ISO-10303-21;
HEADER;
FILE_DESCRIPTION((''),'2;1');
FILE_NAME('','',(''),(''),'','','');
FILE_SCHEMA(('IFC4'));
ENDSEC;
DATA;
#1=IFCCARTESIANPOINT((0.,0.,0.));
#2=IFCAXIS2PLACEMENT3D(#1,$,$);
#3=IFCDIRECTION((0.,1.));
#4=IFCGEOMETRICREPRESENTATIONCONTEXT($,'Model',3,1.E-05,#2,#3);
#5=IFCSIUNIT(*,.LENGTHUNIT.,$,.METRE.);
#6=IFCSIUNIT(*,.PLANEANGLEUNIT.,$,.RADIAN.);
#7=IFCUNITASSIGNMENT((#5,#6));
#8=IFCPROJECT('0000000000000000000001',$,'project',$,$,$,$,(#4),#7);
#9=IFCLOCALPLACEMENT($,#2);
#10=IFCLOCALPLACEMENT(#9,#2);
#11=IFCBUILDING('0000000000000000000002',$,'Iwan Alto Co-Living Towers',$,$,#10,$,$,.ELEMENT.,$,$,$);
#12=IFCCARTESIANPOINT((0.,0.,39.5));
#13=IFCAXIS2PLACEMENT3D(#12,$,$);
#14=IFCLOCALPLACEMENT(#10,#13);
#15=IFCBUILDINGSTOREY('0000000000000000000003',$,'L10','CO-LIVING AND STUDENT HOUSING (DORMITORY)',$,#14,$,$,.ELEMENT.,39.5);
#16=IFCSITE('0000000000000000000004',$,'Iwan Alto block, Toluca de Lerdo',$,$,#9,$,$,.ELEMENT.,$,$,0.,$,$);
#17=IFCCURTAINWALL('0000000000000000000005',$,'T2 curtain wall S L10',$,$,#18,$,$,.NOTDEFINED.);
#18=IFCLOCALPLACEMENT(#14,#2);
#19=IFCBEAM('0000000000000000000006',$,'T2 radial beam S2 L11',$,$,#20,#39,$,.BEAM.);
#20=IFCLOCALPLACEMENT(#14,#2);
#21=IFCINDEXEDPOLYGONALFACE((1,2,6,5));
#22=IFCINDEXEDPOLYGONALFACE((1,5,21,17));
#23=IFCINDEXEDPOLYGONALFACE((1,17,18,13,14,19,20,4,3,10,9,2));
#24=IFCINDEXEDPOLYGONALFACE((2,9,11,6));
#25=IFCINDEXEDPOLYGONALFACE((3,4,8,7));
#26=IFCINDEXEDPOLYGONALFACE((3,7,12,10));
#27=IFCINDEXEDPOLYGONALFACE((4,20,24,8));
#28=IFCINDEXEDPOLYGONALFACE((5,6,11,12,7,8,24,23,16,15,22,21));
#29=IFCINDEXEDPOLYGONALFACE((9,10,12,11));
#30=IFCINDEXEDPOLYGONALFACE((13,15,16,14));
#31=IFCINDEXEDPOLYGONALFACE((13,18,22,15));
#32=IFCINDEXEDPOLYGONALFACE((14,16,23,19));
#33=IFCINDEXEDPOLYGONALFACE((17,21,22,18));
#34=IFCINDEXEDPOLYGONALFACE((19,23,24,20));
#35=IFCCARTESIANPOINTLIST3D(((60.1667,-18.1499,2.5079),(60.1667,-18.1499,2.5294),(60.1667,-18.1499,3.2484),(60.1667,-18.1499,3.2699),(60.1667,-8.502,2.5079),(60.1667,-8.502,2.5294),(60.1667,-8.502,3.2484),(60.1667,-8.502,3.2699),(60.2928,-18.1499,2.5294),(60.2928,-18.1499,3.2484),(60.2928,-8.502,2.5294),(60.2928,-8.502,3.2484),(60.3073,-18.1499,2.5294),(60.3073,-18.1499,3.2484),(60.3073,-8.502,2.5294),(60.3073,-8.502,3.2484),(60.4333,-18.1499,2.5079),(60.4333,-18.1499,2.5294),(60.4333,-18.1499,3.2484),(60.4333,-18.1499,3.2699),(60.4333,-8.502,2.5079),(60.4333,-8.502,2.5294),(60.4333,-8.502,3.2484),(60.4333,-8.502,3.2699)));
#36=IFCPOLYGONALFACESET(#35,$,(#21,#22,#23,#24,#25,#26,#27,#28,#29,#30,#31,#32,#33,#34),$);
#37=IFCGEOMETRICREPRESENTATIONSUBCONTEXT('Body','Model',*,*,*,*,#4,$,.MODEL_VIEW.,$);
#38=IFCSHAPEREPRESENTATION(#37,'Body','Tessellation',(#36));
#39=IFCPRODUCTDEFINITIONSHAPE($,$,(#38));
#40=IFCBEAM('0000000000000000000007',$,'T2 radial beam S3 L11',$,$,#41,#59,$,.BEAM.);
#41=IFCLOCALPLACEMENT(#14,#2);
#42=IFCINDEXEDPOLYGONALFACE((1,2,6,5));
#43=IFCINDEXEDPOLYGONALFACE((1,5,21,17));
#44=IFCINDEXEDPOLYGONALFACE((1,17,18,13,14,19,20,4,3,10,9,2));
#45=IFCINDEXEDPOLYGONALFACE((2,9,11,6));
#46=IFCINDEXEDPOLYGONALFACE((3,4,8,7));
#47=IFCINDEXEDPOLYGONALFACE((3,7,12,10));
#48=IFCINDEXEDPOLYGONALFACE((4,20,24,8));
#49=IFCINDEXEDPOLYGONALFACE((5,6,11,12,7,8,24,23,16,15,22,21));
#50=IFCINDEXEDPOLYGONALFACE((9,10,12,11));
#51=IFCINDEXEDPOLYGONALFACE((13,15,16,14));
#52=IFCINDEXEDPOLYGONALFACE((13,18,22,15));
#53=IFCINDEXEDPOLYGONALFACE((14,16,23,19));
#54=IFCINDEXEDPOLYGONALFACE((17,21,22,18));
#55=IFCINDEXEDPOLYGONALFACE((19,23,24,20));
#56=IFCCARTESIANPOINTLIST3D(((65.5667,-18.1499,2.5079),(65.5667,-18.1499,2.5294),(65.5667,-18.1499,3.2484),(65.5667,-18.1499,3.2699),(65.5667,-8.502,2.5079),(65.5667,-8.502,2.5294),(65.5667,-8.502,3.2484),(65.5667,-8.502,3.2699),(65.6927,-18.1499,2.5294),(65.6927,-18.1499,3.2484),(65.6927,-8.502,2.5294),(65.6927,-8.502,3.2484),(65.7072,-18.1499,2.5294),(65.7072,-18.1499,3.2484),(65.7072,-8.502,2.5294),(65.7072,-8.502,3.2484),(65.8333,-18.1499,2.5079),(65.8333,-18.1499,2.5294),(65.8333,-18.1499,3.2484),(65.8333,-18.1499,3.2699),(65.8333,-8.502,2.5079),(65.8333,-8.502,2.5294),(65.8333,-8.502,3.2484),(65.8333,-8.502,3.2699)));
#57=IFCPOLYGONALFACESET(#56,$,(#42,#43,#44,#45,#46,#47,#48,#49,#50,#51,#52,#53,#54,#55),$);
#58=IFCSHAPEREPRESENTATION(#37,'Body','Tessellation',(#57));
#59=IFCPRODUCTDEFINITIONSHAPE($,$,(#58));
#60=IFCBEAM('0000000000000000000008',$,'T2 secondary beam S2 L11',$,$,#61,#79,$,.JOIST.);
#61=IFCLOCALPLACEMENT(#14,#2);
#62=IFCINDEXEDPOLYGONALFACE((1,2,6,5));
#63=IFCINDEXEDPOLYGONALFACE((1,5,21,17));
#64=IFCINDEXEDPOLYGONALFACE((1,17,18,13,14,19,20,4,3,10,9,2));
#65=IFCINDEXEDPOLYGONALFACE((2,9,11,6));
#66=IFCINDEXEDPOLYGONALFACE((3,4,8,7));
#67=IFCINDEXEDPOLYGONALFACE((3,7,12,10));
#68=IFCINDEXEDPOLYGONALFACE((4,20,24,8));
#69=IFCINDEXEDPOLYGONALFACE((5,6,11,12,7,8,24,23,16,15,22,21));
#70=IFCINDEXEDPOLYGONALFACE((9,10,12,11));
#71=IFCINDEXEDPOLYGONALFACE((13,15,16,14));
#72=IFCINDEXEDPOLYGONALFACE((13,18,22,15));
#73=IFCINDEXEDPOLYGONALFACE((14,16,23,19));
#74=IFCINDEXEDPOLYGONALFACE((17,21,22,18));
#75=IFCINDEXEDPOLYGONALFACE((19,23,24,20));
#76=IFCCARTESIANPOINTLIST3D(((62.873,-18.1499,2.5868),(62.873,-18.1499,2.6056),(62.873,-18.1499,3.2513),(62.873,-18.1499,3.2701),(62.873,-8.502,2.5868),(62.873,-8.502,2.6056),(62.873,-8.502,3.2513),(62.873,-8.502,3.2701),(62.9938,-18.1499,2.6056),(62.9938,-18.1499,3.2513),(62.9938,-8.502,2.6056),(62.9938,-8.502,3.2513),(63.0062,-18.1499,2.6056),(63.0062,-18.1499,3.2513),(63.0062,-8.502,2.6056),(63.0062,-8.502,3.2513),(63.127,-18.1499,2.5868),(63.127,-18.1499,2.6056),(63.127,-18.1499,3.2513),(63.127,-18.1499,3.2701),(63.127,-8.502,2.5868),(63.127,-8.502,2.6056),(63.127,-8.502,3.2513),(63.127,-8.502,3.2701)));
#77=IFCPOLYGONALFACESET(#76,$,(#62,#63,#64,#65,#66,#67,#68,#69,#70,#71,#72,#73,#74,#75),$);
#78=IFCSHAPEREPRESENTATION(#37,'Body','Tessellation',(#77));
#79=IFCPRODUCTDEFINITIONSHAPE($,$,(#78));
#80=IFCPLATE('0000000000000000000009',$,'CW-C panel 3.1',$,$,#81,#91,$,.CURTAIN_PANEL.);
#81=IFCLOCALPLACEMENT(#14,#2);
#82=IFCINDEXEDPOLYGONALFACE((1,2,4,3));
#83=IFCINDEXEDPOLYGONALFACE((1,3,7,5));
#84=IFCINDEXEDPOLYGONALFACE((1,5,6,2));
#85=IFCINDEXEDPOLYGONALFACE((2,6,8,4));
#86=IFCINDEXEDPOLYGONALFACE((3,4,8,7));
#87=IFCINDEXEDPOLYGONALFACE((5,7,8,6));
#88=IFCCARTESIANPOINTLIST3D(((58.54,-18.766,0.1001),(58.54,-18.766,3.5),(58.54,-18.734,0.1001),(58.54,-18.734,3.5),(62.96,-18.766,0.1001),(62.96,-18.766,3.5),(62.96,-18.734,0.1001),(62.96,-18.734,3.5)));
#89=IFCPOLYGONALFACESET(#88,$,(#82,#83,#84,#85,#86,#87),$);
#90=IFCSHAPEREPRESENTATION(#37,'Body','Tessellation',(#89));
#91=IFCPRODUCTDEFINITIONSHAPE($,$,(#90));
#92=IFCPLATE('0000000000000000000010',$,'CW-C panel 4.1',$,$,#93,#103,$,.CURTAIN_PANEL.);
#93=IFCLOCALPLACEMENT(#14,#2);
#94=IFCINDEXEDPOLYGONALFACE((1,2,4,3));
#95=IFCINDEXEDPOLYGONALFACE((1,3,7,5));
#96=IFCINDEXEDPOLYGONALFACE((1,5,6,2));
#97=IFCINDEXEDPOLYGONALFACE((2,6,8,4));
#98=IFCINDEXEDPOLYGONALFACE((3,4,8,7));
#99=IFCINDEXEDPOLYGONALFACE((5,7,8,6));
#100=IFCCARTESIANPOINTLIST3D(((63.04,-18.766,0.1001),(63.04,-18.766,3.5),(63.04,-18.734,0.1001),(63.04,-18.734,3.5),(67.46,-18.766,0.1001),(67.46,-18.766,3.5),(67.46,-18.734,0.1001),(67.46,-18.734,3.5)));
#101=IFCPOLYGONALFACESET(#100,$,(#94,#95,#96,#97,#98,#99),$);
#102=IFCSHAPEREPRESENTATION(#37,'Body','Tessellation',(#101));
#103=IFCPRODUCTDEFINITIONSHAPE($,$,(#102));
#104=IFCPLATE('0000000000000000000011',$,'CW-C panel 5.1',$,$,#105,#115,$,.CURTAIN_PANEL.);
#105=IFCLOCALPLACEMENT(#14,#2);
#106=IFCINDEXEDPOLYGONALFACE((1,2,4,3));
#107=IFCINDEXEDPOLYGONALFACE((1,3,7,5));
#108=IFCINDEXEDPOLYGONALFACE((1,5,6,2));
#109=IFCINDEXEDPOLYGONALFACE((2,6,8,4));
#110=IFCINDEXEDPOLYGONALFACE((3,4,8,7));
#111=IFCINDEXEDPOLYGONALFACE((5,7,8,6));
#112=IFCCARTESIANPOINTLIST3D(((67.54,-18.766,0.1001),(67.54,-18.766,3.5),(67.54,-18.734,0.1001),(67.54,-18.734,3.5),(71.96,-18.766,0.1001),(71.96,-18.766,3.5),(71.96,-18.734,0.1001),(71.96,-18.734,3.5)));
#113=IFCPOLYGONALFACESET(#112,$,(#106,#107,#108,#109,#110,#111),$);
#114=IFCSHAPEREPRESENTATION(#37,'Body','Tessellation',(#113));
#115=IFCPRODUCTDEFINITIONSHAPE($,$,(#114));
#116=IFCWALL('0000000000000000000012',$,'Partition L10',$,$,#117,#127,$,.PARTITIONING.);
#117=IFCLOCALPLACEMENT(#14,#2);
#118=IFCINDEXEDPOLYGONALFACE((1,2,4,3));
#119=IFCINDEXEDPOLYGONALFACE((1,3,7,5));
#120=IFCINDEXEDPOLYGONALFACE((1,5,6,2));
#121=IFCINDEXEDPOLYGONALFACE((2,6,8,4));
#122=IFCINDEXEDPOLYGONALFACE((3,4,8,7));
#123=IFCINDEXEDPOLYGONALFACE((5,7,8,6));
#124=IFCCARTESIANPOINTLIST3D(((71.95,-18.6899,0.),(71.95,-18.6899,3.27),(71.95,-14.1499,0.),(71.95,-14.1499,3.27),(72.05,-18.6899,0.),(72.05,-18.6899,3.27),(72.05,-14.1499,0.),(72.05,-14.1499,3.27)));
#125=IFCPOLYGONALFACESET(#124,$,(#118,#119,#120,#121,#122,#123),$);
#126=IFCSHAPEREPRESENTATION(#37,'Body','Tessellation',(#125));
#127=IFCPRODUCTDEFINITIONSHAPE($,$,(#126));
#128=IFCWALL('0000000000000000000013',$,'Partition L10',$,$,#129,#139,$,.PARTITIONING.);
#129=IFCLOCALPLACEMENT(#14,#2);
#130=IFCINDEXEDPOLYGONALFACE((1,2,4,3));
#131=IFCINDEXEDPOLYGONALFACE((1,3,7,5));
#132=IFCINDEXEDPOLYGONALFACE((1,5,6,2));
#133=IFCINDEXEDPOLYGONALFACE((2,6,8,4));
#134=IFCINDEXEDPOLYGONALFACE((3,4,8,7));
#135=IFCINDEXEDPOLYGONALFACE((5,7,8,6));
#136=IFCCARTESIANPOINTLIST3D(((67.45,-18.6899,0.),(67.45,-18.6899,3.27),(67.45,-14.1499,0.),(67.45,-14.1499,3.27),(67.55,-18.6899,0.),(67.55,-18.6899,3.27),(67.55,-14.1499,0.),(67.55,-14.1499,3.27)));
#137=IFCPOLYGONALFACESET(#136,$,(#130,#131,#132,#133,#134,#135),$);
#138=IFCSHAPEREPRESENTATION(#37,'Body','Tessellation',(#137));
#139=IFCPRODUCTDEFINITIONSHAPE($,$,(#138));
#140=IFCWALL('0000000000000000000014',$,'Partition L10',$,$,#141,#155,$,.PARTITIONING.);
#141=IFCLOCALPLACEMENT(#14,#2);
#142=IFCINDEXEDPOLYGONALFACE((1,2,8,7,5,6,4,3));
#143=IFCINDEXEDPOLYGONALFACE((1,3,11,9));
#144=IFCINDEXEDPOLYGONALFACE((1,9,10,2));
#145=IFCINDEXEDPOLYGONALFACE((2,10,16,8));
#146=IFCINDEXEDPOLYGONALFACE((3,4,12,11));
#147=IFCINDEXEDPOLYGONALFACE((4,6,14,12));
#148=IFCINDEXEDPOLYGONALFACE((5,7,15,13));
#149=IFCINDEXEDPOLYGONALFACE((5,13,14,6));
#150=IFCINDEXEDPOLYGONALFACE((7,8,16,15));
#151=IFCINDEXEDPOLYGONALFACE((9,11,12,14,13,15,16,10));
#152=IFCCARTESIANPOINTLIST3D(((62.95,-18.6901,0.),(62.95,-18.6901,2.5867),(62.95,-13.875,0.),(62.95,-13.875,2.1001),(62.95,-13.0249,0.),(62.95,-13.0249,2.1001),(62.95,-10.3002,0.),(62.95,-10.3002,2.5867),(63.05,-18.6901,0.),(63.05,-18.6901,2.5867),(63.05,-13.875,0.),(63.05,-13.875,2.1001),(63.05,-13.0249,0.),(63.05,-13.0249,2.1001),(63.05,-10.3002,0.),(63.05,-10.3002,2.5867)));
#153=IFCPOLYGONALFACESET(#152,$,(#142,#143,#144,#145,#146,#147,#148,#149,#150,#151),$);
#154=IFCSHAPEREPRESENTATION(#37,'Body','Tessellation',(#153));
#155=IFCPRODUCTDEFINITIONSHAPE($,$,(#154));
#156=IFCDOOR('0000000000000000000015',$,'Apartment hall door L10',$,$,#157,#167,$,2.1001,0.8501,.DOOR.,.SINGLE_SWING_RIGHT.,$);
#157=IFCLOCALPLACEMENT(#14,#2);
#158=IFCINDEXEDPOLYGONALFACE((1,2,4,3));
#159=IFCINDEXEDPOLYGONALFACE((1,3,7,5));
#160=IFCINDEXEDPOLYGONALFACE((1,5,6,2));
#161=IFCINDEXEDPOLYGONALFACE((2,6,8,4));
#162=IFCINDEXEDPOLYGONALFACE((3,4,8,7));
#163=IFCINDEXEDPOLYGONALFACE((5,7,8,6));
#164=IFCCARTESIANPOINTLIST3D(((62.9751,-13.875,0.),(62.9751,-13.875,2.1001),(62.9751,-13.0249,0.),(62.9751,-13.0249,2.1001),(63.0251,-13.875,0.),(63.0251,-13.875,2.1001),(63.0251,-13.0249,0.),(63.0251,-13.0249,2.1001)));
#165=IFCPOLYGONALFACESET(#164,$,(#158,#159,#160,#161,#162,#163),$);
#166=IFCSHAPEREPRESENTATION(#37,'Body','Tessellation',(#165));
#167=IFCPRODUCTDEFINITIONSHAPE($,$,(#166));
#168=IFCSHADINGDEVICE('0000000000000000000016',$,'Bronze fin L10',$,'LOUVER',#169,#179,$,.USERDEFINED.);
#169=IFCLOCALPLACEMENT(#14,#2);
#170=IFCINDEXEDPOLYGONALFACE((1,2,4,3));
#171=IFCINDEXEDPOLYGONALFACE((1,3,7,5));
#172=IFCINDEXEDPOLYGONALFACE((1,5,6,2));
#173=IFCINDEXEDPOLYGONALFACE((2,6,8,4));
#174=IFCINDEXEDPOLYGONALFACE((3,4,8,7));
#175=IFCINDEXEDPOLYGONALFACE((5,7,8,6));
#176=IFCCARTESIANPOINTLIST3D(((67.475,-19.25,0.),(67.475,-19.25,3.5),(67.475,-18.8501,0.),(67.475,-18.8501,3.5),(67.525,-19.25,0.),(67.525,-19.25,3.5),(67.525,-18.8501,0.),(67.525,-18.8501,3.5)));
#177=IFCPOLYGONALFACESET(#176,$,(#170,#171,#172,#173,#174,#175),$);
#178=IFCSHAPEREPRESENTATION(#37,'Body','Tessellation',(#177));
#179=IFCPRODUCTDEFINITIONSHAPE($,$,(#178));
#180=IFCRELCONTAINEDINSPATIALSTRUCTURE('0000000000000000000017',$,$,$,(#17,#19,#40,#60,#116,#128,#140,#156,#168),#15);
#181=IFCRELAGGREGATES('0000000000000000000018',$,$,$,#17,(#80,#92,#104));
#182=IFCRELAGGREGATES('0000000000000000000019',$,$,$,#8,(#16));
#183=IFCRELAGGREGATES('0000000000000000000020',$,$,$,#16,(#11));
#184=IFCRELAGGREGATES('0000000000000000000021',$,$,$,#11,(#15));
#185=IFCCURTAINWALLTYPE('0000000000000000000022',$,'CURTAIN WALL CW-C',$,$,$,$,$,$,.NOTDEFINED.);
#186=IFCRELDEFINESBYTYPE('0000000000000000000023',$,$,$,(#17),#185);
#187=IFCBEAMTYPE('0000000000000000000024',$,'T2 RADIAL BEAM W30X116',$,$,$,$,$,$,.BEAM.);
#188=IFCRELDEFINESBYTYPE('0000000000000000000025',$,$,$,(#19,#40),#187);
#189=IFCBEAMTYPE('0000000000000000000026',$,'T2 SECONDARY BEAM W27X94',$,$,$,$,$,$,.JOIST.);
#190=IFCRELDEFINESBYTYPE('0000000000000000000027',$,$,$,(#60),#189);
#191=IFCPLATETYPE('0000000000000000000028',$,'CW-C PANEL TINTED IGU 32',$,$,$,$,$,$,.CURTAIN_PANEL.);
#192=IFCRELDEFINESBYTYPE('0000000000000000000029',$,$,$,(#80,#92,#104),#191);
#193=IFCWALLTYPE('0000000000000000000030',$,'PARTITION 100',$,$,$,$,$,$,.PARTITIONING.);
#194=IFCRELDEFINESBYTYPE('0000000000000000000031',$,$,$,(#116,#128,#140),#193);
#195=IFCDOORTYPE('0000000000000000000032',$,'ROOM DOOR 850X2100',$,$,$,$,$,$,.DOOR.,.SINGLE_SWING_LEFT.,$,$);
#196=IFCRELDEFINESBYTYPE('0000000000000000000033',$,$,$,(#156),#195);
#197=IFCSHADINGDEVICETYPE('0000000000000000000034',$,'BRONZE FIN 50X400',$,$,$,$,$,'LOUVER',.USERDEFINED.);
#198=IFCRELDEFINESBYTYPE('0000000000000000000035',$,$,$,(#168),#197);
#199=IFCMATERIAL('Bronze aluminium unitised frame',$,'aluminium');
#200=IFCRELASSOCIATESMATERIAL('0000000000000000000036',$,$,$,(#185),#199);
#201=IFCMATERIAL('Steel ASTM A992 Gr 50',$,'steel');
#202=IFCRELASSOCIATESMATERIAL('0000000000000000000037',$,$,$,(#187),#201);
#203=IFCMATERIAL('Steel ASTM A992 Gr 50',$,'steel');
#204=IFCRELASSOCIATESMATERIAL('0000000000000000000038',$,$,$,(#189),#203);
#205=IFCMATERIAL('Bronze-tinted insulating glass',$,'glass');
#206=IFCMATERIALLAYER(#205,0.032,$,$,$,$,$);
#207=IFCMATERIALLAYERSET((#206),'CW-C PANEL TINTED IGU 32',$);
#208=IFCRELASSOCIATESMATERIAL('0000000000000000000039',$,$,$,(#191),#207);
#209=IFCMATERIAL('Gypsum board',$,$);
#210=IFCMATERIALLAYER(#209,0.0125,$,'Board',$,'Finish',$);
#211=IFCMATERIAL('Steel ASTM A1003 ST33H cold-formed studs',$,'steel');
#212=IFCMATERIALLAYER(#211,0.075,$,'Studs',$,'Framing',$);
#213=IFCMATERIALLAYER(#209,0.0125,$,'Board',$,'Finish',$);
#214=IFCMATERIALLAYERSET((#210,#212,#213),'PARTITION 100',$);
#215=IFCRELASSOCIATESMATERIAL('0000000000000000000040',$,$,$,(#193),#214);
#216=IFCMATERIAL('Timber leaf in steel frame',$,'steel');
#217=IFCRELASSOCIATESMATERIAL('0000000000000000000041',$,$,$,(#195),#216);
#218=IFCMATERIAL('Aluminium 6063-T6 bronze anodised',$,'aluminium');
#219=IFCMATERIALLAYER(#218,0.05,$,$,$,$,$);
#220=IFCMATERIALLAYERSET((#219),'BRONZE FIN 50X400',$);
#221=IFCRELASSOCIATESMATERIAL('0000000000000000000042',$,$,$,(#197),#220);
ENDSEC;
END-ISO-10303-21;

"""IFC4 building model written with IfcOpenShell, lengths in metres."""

from ifc_helpers import new_model, si_unit, direction, frame, frame_2d, origin, origin_2d, place, context, subcontext, project, spatial, rectangle, i_section, extrude, material, layer, layer_set, material_profile, profile_set, type_object, element, fill, aggregate, save


model = new_model("IFC4")

# Units and contexts
model_context = context("Model", 3, precision=1e-05, world=origin(), true_north=direction((0.0, 1.0)))
body_context = subcontext(model_context, "Body", "Model", "MODEL_VIEW")
ifc_project = project(units=[si_unit("LENGTHUNIT", "METRE"), si_unit("PLANEANGLEUNIT", "RADIAN")], contexts=[model_context])

# Site, building, storey
site_placement = place(None, origin())
site = spatial("IfcSite", under=ifc_project, at=site_placement, Name="Iwan Alto block, Toluca de Lerdo", CompositionType="ELEMENT", RefElevation=0.0)
building_placement = place(site_placement, origin())
building = spatial("IfcBuilding", under=site, at=building_placement, Name="Iwan Alto Co-Living Towers", CompositionType="ELEMENT")
storey_placement = place(building_placement, frame((0.0, 0.0, 39.5)))
storey = spatial("IfcBuildingStorey", under=building, at=storey_placement, Name="L10", Description="CO-LIVING AND STUDENT HOUSING (DORMITORY)", CompositionType="ELEMENT", Elevation=39.5)

# Curtain wall
ifc_material_1 = material(Name="Bronze aluminium unitised frame", Category="aluminium")
curtain_wall_type = type_object("IfcCurtainWallType", Name="CURTAIN WALL CW-C", PredefinedType="NOTDEFINED", material=ifc_material_1)
curtain_wall_placement = place(storey_placement, origin())
curtain_wall = element("IfcCurtainWall", 1, at=curtain_wall_placement, inside=storey, type_object=curtain_wall_type, Name="T2 curtain wall S L10", PredefinedType="NOTDEFINED")

# Beams
ifc_material_2 = material(Name="Steel ASTM A992 Gr 50", Category="steel")
ifc_material_profile_1 = material_profile(ifc_material_2, i_section(OverallWidth=0.2666, OverallDepth=0.762, WebThickness=0.0144, FlangeThickness=0.0215, at=origin_2d()), Name="W30X116")
ifc_profile_set_1 = profile_set([ifc_material_profile_1], Name="Steel ASTM A992 Gr 50")
beam_type_1 = type_object("IfcBeamType", Name="T2 RADIAL BEAM W30X116", PredefinedType="BEAM", material=ifc_profile_set_1)
for number, where, z_axis, x_axis, name in (
    (2, (60.3, -18.1499, 2.8889), (0.0, 1.0, 0.0), (-1.0, 0.0, 0.0), "T2 radial beam S2 L11"),
    (3, (65.7, -18.1499, 2.8889), (0.0, 1.0, 0.0), (-1.0, 0.0, 0.0), "T2 radial beam S3 L11"),
):
    element("IfcBeam", number, at=place(storey_placement, frame(where, z_axis=z_axis, x_axis=x_axis)), inside=storey, type_object=beam_type_1, Name=name, PredefinedType="BEAM", context=body_context, shape_type="SweptSolid", body=[
        extrude(i_section(OverallWidth=0.2666, OverallDepth=0.762, WebThickness=0.0144, FlangeThickness=0.0215, at=origin_2d()), origin(), (0.0, 0.0, 1.0), 9.6479),
    ])
ifc_material_3 = material(Name="Steel ASTM A992 Gr 50", Category="steel")
ifc_material_profile_2 = material_profile(ifc_material_3, i_section(OverallWidth=0.2539, OverallDepth=0.6833, WebThickness=0.0125, FlangeThickness=0.0188, at=origin_2d()), Name="W27X94")
ifc_profile_set_2 = profile_set([ifc_material_profile_2], Name="Steel ASTM A992 Gr 50")
beam_type_2 = type_object("IfcBeamType", Name="T2 SECONDARY BEAM W27X94", PredefinedType="JOIST", material=ifc_profile_set_2)
beam_1_placement = place(storey_placement, frame((63.0, -18.1499, 2.9285), z_axis=(0.0, 1.0, 0.0), x_axis=(-1.0, 0.0, 0.0)))
element("IfcBeam", 4, at=beam_1_placement, inside=storey, type_object=beam_type_2, Name="T2 secondary beam S2 L11", PredefinedType="JOIST", context=body_context, shape_type="SweptSolid", body=[
    extrude(i_section(OverallWidth=0.2539, OverallDepth=0.6833, WebThickness=0.0125, FlangeThickness=0.0188, at=origin_2d()), origin(), (0.0, 0.0, 1.0), 9.6479),
])

# Plates
ifc_material_4 = material(Name="Bronze-tinted insulating glass", Category="glass")
ifc_layer_1 = layer(ifc_material_4, 0.032)
ifc_layer_set_1 = layer_set([ifc_layer_1], Name="CW-C PANEL TINTED IGU 32")
plate_type = type_object("IfcPlateType", Name="CW-C PANEL TINTED IGU 32", PredefinedType="CURTAIN_PANEL", material=ifc_layer_set_1)
plate_1_placement = place(storey_placement, frame((60.75, -18.75, 0.1001), z_axis=(0.0, 0.0, 1.0), x_axis=(1.0, 0.0, 0.0)))
plate_1 = element("IfcPlate", 5, at=plate_1_placement, type_object=plate_type, Name="CW-C panel 3.1", PredefinedType="CURTAIN_PANEL", context=body_context, shape_type="SweptSolid", body=[
    extrude(rectangle(XDim=4.4199, YDim=0.032, at=origin_2d()), origin(), (0.0, 0.0, 1.0), 3.3999),
])
plate_2_placement = place(storey_placement, frame((65.25, -18.75, 0.1001), z_axis=(0.0, 0.0, 1.0), x_axis=(1.0, 0.0, 0.0)))
plate_2 = element("IfcPlate", 6, at=plate_2_placement, type_object=plate_type, Name="CW-C panel 4.1", PredefinedType="CURTAIN_PANEL", context=body_context, shape_type="SweptSolid", body=[
    extrude(rectangle(XDim=4.4199, YDim=0.032, at=origin_2d()), origin(), (0.0, 0.0, 1.0), 3.3999),
])
plate_3_placement = place(storey_placement, frame((69.75, -18.75, 0.1001), z_axis=(0.0, 0.0, 1.0), x_axis=(1.0, 0.0, 0.0)))
plate_3 = element("IfcPlate", 7, at=plate_3_placement, type_object=plate_type, Name="CW-C panel 5.1", PredefinedType="CURTAIN_PANEL", context=body_context, shape_type="SweptSolid", body=[
    extrude(rectangle(XDim=4.4199, YDim=0.032, at=origin_2d()), origin(), (0.0, 0.0, 1.0), 3.3999),
])
aggregate(curtain_wall, [plate_1, plate_2, plate_3])

# Walls
ifc_material_5 = material(Name="Gypsum board")
ifc_layer_2 = layer(ifc_material_5, 0.0125, Name="Board", Category="Finish")
ifc_material_6 = material(Name="Steel ASTM A1003 ST33H cold-formed studs", Category="steel")
ifc_layer_3 = layer(ifc_material_6, 0.075, Name="Studs", Category="Framing")
ifc_layer_4 = layer(ifc_material_5, 0.0125, Name="Board", Category="Finish")
ifc_layer_set_2 = layer_set([ifc_layer_2, ifc_layer_3, ifc_layer_4], Name="PARTITION 100")
wall_type = type_object("IfcWallType", Name="PARTITION 100", PredefinedType="PARTITIONING", material=ifc_layer_set_2)
for number, where, z_axis, x_axis, name in (
    (8, (72.0, -18.6899, 0.0), (0.0, 0.0, 1.0), (0.0, 1.0, 0.0), "Partition L10"),
    (9, (67.5, -18.6899, 0.0), (0.0, 0.0, 1.0), (0.0, 1.0, 0.0), "Partition L10"),
):
    element("IfcWall", number, at=place(storey_placement, frame(where, z_axis=z_axis, x_axis=x_axis)), inside=storey, type_object=wall_type, Name=name, PredefinedType="PARTITIONING", context=body_context, shape_type="SweptSolid", body=[
        extrude(rectangle(XDim=4.54, YDim=0.1001, at=frame_2d((2.27, 0.0))), origin(), (0.0, 0.0, 1.0), 3.27),
    ])

# Wall, opening, door
wall_placement = place(storey_placement, frame((63.0, -18.6899, 0.0), z_axis=(0.0, 0.0, 1.0), x_axis=(0.0, 1.0, 0.0)))
wall = element("IfcWall", 10, at=wall_placement, inside=storey, type_object=wall_type, Name="Partition L10", PredefinedType="PARTITIONING", context=body_context, shape_type="SweptSolid", body=[
    extrude(rectangle(XDim=8.3899, YDim=0.1001, at=frame_2d((4.1948, 0.0))), origin(), (0.0, 0.0, 1.0), 2.5867),
])
opening_placement = place(wall_placement, frame((4.8149, 0.0, 0.0)))
opening = element("IfcOpeningElement", 11, at=opening_placement, cuts=wall, PredefinedType="OPENING", context=body_context, shape_type="SweptSolid", body=[
    extrude(rectangle(XDim=0.8501, YDim=2.1001, at=frame_2d((0.425, 1.05))), frame((0.0, 0.0601, 0.0), z_axis=(0.0, -1.0, 0.0), x_axis=(1.0, 0.0, 0.0)), (0.0, 0.0, 1.0), 0.1201),
])
ifc_material_7 = material(Name="Timber leaf in steel frame", Category="steel")
door_type = type_object("IfcDoorType", Name="ROOM DOOR 850X2100", OperationType="SINGLE_SWING_LEFT", PredefinedType="DOOR", material=ifc_material_7)
door_placement = place(opening_placement, origin())
door = element("IfcDoor", 12, at=door_placement, inside=storey, type_object=door_type, Name="Apartment hall door L10", OperationType="SINGLE_SWING_RIGHT", OverallHeight=2.1001, OverallWidth=0.8501, PredefinedType="DOOR", context=body_context, shape_type="SweptSolid", body=[
    extrude(rectangle(XDim=0.8501, YDim=2.1001, at=frame_2d((0.425, 1.05))), frame((0.0, 0.0249, 0.0), z_axis=(0.0, -1.0, 0.0), x_axis=(1.0, 0.0, 0.0)), (0.0, 0.0, 1.0), 0.05),
])
fill(opening, door)

# Shading device
ifc_material_8 = material(Name="Aluminium 6063-T6 bronze anodised", Category="aluminium")
ifc_layer_5 = layer(ifc_material_8, 0.05)
ifc_layer_set_3 = layer_set([ifc_layer_5], Name="BRONZE FIN 50X400")
shading_device_type = type_object("IfcShadingDeviceType", Name="BRONZE FIN 50X400", ElementType="LOUVER", PredefinedType="USERDEFINED", material=ifc_layer_set_3)
shading_device_placement = place(storey_placement, frame((67.5, -19.05, 0.0), z_axis=(0.0, 0.0, 1.0), x_axis=(1.0, 0.0, 0.0)))
element("IfcShadingDevice", 13, at=shading_device_placement, inside=storey, type_object=shading_device_type, Name="Bronze fin L10", ObjectType="LOUVER", PredefinedType="USERDEFINED", context=body_context, shape_type="SweptSolid", body=[
    extrude(rectangle(XDim=0.05, YDim=0.3999, at=origin_2d()), origin(), (0.0, 0.0, 1.0), 3.5),
])

save(model, "model.ifc")
